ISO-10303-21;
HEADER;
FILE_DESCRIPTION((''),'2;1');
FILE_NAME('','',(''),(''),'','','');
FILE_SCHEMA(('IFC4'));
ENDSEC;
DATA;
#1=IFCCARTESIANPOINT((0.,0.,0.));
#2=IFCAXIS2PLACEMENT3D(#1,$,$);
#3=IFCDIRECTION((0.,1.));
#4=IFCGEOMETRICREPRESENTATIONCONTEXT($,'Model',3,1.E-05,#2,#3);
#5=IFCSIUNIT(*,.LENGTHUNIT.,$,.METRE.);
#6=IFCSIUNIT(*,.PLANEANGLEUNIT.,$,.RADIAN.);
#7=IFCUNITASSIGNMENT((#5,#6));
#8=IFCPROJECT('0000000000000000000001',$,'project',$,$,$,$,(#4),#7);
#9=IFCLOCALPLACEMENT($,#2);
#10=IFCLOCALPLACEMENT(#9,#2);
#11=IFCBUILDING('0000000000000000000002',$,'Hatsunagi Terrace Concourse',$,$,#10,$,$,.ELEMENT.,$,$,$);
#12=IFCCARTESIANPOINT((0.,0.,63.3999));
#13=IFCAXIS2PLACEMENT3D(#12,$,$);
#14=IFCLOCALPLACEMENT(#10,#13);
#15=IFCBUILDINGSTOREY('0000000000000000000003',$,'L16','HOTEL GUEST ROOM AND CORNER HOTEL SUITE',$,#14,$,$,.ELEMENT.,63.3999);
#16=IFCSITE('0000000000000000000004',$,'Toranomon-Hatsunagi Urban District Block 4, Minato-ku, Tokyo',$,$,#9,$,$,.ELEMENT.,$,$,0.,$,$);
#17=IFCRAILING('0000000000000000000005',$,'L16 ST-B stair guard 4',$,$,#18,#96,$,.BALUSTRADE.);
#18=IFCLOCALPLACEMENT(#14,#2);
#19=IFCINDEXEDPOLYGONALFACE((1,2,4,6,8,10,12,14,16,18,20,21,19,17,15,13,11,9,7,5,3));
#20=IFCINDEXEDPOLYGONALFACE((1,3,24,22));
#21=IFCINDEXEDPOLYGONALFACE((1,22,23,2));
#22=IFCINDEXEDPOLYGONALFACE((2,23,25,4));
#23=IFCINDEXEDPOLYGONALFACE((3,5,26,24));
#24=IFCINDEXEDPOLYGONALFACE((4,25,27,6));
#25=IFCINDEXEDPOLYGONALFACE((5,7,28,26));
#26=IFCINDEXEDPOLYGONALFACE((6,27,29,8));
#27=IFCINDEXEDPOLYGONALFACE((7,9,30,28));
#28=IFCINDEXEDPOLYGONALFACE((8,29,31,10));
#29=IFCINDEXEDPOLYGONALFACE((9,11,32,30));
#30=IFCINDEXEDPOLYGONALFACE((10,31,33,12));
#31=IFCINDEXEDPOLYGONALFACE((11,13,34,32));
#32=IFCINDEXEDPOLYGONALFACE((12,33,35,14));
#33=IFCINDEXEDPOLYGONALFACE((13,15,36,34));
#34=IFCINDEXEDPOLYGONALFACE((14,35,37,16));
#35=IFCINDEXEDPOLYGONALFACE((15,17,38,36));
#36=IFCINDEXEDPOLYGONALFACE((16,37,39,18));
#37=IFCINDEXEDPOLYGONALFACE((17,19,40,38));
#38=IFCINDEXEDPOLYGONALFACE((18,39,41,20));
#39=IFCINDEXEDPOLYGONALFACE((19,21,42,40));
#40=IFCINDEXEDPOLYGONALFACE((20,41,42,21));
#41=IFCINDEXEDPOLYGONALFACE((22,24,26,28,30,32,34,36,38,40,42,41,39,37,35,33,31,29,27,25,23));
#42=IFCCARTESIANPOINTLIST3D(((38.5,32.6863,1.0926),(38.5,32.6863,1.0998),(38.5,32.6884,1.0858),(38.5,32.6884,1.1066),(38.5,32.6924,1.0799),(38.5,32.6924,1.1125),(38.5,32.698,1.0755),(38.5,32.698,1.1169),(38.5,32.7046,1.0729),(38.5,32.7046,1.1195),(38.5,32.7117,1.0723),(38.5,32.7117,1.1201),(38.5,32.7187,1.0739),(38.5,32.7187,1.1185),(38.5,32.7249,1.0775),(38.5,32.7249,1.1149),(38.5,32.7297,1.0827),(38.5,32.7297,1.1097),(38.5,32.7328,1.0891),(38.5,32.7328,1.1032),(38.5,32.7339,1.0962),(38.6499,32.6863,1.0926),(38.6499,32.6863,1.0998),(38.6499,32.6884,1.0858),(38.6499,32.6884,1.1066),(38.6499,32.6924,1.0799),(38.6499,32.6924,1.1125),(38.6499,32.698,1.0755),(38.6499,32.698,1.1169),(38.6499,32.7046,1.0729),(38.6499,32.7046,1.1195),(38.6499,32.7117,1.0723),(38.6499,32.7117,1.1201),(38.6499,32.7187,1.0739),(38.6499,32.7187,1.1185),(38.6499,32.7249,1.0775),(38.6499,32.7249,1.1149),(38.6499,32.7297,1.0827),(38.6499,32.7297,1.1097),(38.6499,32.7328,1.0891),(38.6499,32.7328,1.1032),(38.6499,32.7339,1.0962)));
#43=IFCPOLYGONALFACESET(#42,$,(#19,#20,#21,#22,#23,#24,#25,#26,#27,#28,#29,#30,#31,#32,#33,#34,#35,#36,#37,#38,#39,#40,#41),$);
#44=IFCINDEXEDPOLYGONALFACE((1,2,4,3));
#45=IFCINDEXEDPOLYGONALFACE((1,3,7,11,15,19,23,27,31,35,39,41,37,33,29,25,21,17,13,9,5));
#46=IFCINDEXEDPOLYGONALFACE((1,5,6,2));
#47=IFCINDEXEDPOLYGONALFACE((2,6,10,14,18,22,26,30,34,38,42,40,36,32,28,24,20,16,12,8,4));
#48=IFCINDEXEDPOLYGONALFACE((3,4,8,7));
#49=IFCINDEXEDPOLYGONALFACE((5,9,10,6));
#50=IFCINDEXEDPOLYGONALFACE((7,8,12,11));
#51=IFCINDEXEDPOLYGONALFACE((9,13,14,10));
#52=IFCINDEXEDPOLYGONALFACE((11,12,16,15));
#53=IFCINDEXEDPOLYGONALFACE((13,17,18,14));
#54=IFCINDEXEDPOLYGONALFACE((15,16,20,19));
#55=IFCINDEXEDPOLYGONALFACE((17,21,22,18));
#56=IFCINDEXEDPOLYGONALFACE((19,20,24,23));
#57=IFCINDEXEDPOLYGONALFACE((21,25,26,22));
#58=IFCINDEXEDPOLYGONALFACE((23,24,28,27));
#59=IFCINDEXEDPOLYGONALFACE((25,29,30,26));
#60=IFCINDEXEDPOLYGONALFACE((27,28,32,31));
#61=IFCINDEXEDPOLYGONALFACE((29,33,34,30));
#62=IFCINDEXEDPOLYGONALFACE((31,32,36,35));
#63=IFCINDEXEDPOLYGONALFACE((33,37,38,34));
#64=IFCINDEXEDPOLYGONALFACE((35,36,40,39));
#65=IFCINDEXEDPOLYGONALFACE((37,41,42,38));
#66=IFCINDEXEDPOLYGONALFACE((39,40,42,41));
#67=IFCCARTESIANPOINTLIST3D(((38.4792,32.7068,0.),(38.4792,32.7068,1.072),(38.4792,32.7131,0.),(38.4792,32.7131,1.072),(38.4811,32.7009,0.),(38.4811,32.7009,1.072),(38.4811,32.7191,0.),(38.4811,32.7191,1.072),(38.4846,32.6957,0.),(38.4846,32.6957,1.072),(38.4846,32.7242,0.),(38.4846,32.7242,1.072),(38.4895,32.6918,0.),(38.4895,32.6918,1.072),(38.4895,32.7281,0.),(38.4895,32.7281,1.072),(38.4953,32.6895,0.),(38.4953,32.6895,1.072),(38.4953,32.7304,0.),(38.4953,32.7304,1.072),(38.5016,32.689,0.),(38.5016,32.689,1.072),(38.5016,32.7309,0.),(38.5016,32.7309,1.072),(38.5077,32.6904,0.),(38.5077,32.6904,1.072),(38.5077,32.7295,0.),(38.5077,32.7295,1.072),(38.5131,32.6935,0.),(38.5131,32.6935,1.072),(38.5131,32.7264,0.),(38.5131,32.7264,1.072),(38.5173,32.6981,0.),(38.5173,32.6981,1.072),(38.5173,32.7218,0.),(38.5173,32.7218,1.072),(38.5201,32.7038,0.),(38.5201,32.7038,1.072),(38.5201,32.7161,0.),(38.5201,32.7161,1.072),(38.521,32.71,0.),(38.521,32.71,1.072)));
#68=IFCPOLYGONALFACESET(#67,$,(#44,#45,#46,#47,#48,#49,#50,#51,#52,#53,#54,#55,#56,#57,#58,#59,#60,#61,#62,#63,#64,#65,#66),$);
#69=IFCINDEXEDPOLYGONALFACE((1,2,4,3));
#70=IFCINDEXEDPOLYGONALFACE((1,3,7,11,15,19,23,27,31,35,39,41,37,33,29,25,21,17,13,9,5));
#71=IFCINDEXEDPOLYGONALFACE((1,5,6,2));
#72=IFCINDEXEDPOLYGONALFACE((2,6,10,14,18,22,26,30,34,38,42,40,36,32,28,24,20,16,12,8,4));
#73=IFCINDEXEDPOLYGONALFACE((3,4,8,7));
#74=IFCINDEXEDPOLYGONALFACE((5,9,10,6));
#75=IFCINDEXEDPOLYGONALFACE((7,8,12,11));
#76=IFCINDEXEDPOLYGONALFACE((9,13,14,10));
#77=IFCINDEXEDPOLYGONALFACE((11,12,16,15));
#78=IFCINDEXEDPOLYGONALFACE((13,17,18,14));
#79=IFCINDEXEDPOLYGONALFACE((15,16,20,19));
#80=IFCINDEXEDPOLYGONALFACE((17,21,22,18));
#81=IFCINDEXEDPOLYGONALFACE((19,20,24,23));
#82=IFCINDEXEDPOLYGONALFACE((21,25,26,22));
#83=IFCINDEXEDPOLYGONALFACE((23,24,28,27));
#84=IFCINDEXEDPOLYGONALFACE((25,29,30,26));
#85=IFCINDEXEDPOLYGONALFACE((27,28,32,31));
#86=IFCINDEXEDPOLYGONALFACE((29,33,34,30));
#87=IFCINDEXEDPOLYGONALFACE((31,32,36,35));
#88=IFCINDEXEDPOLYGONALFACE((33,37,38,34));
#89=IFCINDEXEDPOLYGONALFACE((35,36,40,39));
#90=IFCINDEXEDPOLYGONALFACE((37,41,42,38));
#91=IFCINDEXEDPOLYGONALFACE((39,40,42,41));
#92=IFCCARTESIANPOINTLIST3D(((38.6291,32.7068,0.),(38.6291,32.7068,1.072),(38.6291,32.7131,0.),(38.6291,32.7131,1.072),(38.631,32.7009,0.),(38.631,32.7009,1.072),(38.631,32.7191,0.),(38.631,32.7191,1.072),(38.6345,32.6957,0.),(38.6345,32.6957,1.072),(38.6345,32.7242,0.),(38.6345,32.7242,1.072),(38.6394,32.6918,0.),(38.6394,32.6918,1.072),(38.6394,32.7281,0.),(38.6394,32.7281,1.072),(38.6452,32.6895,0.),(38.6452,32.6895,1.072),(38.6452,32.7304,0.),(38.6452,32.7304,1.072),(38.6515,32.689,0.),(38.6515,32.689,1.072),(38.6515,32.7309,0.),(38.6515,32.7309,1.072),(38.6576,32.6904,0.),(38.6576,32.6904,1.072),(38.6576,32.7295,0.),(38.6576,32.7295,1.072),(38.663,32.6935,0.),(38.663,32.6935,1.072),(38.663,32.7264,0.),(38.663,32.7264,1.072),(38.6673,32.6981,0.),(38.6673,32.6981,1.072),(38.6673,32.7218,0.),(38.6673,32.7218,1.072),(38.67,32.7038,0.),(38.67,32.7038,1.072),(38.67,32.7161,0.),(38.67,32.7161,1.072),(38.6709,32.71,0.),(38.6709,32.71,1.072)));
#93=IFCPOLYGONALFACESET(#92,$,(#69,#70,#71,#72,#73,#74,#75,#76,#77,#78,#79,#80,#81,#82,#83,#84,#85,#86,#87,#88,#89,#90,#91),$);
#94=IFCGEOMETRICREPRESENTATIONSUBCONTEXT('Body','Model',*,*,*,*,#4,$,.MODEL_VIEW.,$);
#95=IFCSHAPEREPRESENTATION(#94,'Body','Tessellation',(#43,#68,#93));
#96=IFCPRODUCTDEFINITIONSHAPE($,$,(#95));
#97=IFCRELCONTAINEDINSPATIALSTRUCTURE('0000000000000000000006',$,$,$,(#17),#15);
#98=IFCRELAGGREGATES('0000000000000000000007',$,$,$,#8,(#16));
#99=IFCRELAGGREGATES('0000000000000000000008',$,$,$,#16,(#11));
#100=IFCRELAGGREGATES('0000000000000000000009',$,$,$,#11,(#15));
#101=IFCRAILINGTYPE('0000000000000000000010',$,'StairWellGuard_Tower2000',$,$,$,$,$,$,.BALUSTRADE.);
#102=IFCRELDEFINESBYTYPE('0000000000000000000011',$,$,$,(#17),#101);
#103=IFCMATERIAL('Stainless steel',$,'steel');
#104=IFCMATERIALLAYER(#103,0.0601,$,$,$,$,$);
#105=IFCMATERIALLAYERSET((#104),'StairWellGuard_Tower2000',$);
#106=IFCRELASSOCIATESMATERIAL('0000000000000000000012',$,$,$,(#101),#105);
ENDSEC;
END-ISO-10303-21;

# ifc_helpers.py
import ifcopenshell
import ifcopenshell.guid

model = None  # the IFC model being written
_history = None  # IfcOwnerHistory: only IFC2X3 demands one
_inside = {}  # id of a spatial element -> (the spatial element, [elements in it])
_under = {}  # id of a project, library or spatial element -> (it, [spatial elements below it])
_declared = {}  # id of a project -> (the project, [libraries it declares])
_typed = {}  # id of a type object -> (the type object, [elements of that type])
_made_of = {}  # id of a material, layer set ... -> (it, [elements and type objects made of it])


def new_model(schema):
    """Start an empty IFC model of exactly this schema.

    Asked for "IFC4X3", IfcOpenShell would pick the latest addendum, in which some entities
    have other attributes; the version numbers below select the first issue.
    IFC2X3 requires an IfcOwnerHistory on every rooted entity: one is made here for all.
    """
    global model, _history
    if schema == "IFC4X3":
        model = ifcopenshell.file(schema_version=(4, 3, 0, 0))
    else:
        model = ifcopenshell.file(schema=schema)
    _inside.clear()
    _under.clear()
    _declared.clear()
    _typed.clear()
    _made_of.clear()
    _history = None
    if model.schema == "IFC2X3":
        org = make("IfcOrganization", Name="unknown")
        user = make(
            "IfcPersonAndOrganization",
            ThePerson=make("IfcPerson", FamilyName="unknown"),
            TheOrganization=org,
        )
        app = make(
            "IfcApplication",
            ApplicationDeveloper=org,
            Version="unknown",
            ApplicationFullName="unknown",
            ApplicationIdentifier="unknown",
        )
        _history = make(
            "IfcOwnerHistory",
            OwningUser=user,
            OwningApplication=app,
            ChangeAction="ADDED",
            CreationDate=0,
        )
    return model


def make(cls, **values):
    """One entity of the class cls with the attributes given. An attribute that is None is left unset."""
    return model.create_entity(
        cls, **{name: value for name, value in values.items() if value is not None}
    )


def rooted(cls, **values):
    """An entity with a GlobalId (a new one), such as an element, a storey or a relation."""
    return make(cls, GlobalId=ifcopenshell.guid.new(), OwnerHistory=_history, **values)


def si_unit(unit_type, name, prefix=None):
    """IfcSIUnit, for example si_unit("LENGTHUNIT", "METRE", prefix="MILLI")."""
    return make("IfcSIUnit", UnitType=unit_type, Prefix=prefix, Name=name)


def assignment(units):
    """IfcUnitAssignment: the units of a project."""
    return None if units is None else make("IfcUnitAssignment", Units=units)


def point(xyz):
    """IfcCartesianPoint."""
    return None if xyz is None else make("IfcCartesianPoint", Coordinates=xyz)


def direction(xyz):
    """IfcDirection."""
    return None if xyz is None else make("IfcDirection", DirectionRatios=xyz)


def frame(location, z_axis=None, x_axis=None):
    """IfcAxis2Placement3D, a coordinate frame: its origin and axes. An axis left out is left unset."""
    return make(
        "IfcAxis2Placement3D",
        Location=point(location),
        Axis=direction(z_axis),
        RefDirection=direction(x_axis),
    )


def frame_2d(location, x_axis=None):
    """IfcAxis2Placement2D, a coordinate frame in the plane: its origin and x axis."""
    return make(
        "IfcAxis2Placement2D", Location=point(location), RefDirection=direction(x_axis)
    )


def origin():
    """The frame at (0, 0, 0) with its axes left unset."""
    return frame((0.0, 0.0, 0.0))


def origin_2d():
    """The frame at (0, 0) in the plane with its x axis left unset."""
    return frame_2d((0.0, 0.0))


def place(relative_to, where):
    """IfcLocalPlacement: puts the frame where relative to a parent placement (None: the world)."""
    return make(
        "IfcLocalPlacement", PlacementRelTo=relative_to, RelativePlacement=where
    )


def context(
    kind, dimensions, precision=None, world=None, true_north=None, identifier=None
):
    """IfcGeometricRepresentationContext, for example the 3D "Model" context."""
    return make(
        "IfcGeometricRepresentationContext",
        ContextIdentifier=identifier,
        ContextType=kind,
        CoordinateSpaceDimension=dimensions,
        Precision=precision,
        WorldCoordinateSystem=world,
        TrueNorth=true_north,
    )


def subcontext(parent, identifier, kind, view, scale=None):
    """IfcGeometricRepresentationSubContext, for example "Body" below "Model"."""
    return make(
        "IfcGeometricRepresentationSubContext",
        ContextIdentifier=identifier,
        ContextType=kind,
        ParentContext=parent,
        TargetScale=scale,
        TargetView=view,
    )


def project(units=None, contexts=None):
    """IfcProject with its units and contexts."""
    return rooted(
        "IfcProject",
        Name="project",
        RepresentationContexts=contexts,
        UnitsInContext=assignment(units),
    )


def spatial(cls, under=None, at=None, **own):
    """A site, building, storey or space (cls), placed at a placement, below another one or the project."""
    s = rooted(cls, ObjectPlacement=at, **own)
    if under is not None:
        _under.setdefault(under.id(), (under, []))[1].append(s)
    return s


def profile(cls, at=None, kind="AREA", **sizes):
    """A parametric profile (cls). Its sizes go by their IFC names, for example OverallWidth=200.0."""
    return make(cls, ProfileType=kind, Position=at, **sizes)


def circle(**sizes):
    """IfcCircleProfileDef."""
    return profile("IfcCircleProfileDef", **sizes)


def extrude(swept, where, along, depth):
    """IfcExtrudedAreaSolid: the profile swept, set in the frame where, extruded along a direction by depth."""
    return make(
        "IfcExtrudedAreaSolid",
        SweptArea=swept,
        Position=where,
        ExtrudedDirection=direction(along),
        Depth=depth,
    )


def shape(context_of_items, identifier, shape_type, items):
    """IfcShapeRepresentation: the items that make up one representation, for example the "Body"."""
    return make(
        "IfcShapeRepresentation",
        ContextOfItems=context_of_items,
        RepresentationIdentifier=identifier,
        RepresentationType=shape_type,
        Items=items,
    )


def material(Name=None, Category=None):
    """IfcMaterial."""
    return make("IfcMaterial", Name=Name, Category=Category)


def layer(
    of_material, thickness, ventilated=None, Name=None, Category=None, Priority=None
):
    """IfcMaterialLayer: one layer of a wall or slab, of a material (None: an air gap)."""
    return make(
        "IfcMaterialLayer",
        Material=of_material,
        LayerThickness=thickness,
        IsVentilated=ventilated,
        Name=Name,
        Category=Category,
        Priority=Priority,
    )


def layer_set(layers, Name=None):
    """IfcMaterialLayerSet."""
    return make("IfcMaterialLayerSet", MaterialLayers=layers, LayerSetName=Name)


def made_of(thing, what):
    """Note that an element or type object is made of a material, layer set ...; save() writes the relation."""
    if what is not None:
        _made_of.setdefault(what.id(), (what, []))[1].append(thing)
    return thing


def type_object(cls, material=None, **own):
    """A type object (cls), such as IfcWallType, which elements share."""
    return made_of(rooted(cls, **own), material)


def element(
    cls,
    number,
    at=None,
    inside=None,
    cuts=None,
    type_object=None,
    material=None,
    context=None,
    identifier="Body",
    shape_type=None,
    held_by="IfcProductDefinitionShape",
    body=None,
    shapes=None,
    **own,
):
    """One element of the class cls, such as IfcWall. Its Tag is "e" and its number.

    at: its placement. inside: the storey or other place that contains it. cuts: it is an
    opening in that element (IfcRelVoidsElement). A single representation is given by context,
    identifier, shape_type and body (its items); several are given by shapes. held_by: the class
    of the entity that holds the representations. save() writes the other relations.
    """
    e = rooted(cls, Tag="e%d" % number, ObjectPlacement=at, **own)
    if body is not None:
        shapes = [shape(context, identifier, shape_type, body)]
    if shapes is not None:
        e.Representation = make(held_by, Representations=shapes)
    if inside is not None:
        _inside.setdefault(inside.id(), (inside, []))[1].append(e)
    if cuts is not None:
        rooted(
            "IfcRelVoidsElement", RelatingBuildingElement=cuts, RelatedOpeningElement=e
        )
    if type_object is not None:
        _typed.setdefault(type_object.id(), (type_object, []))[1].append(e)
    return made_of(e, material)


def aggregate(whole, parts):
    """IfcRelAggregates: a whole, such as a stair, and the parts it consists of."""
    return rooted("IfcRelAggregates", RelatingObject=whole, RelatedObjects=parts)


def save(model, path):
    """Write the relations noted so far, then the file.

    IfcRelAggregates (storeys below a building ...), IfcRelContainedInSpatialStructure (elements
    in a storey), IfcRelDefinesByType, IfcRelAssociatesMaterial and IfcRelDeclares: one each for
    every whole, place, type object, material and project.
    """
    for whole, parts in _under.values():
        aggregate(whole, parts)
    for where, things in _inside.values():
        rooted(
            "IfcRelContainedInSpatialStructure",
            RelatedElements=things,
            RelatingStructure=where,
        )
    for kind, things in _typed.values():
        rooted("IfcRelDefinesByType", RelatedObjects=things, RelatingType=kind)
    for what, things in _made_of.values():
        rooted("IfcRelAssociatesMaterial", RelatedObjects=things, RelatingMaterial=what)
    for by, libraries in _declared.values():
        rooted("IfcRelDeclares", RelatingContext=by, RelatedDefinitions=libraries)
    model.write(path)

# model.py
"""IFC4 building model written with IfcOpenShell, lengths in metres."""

from ifc_helpers import new_model, si_unit, direction, frame, origin, origin_2d, place, context, subcontext, project, spatial, circle, extrude, material, layer, layer_set, type_object, element, save


model = new_model("IFC4")

# Units and contexts
model_context = context("Model", 3, precision=1e-05, world=origin(), true_north=direction((0.0, 1.0)))
body_context = subcontext(model_context, "Body", "Model", "MODEL_VIEW")
ifc_project = project(units=[si_unit("LENGTHUNIT", "METRE"), si_unit("PLANEANGLEUNIT", "RADIAN")], contexts=[model_context])

# Site, building, storey
site_placement = place(None, origin())
site = spatial("IfcSite", under=ifc_project, at=site_placement, Name="Toranomon-Hatsunagi Urban District Block 4, Minato-ku, Tokyo", CompositionType="ELEMENT", RefElevation=0.0)
building_placement = place(site_placement, origin())
building = spatial("IfcBuilding", under=site, at=building_placement, Name="Hatsunagi Terrace Concourse", CompositionType="ELEMENT")
storey_placement = place(building_placement, frame((0.0, 0.0, 63.3999)))
storey = spatial("IfcBuildingStorey", under=building, at=storey_placement, Name="L16", Description="HOTEL GUEST ROOM AND CORNER HOTEL SUITE", CompositionType="ELEMENT", Elevation=63.3999)

# Railing
ifc_material_1 = material(Name="Stainless steel", Category="steel")
ifc_layer_1 = layer(ifc_material_1, 0.0601)
ifc_layer_set_1 = layer_set([ifc_layer_1], Name="StairWellGuard_Tower2000")
railing_type = type_object("IfcRailingType", Name="StairWellGuard_Tower2000", PredefinedType="BALUSTRADE", material=ifc_layer_set_1)
railing_placement = place(storey_placement, frame((38.5, 32.71, 0.0)))
element("IfcRailing", 1, at=railing_placement, inside=storey, type_object=railing_type, Name="L16 ST-B stair guard 4", PredefinedType="BALUSTRADE", context=body_context, shape_type="SweptSolid", body=[
    extrude(circle(Radius=0.0239, at=origin_2d()), frame((0.0, 0.0, 1.0962), z_axis=(1.0, 0.0, 0.0), x_axis=(0.0, 1.0, 0.0)), (0.0, 0.0, 1.0), 0.1499),
    extrude(circle(Radius=0.021, at=origin_2d()), origin(), (0.0, 0.0, 1.0), 1.072),
    extrude(circle(Radius=0.021, at=origin_2d()), frame((0.1499, 0.0, 0.0)), (0.0, 0.0, 1.0), 1.072),
])

save(model, "model.ifc")
